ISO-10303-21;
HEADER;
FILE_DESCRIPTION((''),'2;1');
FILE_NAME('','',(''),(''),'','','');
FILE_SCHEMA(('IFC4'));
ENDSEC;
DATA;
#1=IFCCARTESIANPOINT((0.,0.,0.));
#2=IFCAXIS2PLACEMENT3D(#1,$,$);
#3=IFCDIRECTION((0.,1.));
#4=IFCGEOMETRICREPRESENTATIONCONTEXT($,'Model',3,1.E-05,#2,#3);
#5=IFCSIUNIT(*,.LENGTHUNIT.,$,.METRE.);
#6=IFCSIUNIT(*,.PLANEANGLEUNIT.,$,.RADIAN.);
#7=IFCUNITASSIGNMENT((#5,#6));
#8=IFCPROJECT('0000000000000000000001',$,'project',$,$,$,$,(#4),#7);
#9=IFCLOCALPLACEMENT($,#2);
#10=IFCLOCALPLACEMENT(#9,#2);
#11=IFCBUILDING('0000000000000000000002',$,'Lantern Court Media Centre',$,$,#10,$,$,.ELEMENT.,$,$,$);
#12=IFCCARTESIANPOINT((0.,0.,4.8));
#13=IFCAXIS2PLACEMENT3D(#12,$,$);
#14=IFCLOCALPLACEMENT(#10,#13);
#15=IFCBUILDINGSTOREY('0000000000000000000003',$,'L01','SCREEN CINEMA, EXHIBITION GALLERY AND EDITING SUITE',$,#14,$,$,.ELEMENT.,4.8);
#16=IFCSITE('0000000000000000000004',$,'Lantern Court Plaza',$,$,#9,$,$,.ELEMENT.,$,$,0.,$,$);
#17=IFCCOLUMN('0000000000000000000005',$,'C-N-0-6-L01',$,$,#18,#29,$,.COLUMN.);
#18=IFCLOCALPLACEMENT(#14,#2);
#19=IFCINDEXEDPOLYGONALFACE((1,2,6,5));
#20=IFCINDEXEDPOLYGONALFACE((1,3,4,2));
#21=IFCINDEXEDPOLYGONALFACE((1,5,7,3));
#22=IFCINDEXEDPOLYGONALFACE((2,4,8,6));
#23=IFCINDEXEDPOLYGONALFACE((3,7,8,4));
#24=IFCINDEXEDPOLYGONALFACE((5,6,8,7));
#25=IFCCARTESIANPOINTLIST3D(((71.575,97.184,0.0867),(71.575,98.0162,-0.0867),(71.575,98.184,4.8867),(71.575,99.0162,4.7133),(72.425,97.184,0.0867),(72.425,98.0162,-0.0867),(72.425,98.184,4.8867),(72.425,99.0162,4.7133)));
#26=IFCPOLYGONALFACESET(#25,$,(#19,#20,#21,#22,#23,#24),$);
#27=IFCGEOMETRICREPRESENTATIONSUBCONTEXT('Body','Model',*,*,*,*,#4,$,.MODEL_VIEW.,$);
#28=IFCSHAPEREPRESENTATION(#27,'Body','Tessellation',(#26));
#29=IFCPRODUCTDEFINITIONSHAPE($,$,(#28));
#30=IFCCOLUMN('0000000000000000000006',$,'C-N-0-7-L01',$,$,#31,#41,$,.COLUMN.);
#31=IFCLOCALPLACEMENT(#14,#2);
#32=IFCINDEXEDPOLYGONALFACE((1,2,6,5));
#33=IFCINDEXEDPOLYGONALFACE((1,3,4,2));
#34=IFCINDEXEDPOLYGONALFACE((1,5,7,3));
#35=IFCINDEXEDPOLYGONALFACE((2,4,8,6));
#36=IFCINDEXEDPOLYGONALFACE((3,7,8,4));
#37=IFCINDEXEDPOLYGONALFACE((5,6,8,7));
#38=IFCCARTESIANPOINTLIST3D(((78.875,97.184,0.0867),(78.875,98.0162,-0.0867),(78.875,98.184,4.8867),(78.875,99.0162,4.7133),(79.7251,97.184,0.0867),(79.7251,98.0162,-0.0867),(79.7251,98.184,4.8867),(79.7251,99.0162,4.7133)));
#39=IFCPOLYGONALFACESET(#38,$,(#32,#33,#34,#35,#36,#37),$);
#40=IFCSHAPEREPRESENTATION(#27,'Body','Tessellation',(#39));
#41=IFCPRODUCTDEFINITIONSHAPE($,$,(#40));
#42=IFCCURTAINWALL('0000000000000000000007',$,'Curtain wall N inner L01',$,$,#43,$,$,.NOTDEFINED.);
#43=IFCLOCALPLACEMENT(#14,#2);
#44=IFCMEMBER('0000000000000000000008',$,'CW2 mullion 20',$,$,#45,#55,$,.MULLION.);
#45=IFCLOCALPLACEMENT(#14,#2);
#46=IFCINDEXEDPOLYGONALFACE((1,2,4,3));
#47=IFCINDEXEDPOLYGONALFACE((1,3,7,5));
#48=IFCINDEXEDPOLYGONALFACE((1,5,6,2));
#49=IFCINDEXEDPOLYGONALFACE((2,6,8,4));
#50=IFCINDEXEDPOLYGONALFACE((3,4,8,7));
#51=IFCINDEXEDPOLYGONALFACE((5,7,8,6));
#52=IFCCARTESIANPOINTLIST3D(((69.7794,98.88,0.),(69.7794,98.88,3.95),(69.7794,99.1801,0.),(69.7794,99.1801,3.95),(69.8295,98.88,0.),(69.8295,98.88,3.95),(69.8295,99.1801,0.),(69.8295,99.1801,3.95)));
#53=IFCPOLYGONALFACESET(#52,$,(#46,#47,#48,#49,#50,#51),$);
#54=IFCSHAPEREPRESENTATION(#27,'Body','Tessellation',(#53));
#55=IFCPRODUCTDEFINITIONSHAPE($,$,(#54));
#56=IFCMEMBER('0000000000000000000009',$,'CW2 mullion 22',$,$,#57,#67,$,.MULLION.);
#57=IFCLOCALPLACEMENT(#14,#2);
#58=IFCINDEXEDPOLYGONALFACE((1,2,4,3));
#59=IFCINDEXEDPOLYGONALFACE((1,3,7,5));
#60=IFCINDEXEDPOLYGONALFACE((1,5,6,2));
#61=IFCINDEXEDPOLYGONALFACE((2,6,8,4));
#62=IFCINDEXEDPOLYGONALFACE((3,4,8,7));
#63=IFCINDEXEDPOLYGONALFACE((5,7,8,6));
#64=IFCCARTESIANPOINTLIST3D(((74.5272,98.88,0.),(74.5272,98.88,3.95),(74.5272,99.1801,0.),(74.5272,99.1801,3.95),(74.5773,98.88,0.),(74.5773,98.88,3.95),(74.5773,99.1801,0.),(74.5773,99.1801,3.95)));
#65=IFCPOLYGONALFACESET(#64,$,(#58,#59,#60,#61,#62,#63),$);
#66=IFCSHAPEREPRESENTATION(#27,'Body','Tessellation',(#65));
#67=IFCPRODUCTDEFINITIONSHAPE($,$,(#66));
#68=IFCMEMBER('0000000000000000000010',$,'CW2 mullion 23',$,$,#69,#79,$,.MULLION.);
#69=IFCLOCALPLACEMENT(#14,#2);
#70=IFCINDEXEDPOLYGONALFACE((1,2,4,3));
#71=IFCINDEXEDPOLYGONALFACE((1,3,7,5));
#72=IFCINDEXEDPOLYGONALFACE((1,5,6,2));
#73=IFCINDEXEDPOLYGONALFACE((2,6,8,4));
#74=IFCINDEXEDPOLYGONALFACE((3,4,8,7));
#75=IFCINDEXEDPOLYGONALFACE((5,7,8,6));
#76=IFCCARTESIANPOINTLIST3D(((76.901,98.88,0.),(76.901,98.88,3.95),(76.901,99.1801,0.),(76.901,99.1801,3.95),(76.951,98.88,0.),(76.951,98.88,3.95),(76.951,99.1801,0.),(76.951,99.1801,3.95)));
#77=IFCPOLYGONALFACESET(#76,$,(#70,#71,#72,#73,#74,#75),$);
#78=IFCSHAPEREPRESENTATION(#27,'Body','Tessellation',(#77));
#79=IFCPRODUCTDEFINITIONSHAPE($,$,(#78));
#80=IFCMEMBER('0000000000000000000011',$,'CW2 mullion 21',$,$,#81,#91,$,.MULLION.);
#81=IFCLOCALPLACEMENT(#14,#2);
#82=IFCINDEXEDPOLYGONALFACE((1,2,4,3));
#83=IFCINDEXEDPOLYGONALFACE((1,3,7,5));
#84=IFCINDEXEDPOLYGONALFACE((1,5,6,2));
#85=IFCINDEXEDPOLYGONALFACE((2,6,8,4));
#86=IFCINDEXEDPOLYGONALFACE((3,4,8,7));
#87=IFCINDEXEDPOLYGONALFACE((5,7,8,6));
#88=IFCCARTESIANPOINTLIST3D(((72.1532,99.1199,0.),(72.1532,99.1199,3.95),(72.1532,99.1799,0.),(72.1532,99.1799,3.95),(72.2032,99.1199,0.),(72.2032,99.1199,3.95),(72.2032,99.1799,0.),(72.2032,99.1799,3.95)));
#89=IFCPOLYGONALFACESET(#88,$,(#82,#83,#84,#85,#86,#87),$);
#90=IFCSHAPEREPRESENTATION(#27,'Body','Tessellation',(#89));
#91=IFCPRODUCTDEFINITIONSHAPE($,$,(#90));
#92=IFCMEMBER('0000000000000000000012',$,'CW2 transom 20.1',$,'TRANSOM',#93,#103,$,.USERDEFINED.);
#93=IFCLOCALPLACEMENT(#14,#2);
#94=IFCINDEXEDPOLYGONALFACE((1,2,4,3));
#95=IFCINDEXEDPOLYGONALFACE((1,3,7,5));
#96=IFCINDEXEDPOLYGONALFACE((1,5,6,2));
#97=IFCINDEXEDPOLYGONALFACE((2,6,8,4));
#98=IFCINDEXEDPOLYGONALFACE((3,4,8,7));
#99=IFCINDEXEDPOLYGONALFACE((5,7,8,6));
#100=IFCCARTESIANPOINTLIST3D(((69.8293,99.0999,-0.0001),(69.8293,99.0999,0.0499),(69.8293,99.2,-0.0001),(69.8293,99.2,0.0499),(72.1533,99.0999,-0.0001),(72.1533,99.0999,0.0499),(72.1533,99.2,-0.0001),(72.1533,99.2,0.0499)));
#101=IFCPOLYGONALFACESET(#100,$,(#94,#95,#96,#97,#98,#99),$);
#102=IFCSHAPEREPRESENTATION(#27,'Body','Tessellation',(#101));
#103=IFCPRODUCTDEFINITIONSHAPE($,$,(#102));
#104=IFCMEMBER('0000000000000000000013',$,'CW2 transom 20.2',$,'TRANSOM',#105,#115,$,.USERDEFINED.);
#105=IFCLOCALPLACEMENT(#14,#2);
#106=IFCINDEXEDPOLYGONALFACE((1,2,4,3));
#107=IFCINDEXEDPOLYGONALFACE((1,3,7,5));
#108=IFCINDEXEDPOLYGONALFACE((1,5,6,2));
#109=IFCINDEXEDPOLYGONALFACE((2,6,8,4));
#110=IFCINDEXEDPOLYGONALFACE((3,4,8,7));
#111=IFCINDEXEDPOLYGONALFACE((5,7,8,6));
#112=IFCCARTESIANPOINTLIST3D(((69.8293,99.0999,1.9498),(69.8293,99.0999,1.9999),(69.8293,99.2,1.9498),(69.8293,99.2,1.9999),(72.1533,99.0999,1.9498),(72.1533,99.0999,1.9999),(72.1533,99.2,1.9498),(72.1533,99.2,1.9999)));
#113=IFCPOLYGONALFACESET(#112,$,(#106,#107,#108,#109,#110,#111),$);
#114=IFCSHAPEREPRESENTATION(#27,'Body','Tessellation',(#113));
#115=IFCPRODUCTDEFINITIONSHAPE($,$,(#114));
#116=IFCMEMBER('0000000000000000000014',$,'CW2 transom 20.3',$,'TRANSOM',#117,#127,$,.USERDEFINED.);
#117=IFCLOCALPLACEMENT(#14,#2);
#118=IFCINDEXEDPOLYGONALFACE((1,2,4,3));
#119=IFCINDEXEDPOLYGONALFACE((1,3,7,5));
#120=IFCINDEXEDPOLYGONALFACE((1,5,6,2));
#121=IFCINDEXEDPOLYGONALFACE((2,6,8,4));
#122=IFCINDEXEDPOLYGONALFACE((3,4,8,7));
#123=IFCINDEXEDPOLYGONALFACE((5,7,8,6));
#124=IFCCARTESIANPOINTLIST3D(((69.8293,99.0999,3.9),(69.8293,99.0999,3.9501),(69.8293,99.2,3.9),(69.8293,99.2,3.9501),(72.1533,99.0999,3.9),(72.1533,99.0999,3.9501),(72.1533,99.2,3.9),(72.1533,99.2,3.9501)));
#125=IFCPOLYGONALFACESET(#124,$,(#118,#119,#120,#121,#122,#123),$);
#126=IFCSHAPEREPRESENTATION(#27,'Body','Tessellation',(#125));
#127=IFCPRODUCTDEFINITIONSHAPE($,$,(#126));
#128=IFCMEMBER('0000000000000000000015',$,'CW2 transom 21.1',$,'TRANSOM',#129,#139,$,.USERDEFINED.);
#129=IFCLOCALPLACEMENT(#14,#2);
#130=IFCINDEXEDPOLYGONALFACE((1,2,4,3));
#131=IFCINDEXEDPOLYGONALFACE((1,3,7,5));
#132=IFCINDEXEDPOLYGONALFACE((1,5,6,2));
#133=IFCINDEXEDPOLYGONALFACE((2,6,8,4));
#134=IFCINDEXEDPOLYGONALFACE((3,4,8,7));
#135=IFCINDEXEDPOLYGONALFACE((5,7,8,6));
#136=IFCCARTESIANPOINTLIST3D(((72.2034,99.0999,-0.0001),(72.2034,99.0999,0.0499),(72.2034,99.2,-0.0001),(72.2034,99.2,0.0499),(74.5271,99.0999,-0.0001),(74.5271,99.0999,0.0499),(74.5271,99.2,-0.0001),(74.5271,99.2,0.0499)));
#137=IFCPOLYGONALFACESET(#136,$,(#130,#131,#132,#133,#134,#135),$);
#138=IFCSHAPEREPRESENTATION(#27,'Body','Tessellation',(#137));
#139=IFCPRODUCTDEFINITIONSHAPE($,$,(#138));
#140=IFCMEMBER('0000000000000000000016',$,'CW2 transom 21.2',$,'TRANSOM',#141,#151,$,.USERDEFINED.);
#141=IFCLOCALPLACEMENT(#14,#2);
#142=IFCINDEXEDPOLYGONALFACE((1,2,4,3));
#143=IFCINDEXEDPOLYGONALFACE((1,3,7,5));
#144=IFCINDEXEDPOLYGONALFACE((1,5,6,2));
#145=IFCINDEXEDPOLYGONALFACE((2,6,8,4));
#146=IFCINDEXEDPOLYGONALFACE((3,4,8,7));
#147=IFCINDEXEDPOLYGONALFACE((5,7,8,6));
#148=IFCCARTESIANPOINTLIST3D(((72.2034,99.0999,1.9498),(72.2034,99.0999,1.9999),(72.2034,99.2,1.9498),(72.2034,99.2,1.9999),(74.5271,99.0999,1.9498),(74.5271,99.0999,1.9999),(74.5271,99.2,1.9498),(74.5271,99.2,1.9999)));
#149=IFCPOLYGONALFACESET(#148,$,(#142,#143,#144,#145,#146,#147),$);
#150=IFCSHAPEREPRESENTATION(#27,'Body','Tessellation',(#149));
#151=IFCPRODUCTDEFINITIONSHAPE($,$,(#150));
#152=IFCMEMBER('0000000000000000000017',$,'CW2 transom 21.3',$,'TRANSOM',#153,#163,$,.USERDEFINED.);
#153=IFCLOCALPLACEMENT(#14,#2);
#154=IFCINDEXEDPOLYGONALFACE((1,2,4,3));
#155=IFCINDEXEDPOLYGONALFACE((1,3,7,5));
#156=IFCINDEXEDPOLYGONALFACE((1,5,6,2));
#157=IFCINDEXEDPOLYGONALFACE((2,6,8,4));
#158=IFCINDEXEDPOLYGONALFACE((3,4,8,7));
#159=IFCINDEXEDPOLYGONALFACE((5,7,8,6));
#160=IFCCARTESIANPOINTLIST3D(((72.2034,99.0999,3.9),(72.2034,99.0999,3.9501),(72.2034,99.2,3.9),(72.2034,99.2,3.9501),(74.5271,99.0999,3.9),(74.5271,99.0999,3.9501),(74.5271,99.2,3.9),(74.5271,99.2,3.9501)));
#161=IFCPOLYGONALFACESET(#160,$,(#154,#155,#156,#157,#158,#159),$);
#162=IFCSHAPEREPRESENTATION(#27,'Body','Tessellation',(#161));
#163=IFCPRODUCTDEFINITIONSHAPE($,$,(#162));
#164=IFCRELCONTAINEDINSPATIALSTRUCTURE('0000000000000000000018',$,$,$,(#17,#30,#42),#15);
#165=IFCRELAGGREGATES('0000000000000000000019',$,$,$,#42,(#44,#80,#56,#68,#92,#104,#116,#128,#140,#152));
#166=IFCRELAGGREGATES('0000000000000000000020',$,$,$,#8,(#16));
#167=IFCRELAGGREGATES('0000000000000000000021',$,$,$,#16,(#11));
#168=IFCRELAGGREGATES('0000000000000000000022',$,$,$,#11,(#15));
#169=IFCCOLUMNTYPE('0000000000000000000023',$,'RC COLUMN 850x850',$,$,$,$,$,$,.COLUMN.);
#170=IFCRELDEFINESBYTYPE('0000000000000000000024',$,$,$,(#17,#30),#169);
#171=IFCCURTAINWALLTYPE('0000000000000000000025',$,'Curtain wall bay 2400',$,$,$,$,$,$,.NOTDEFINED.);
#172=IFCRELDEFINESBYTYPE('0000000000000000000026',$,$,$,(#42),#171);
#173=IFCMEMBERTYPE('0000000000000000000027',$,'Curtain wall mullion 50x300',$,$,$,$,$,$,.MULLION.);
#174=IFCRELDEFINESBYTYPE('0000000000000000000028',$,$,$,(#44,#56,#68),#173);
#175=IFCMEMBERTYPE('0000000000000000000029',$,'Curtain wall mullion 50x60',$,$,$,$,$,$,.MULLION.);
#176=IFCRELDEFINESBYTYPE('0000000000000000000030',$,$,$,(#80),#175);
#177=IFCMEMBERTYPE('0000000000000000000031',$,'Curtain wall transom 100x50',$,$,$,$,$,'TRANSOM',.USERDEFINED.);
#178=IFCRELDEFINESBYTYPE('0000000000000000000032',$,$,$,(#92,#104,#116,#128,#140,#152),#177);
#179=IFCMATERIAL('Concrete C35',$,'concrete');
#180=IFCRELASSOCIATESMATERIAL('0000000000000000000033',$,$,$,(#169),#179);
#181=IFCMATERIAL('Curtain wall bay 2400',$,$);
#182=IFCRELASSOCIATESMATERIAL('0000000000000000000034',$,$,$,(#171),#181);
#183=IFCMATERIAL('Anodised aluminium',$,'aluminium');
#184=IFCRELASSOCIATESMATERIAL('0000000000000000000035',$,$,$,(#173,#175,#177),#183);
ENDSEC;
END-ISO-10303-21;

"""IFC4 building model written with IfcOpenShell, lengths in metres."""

from ifc_helpers import new_model, si_unit, direction, frame, origin, origin_2d, place, context, subcontext, project, spatial, rectangle, extrude, material, material_profile, profile_set, type_object, element, aggregate, save


model = new_model("IFC4")

# Units and contexts
model_context = context("Model", 3, precision=1e-05, world=origin(), true_north=direction((0.0, 1.0)))
body_context = subcontext(model_context, "Body", "Model", "MODEL_VIEW")
ifc_project = project(units=[si_unit("LENGTHUNIT", "METRE"), si_unit("PLANEANGLEUNIT", "RADIAN")], contexts=[model_context])

# Site, building, storey
site_placement = place(None, origin())
site = spatial("IfcSite", under=ifc_project, at=site_placement, Name="Lantern Court Plaza", CompositionType="ELEMENT", RefElevation=0.0)
building_placement = place(site_placement, origin())
building = spatial("IfcBuilding", under=site, at=building_placement, Name="Lantern Court Media Centre", CompositionType="ELEMENT")
storey_placement = place(building_placement, frame((0.0, 0.0, 4.8)))
storey = spatial("IfcBuildingStorey", under=building, at=storey_placement, Name="L01", Description="SCREEN CINEMA, EXHIBITION GALLERY AND EDITING SUITE", CompositionType="ELEMENT", Elevation=4.8)

# Columns
ifc_material_1 = material(Name="Concrete C35", Category="concrete")
ifc_material_profile_1 = material_profile(ifc_material_1, rectangle(XDim=0.8501, YDim=0.8501, at=origin_2d()), Name="RC 850x850")
ifc_profile_set_1 = profile_set([ifc_material_profile_1], Name="Concrete C35")
column_type = type_object("IfcColumnType", Name="RC COLUMN 850x850", PredefinedType="COLUMN", material=ifc_profile_set_1)
for number, where, z_axis, x_axis, name in (
    (1, (72.0, 97.6001, 0.0), (0.0, 0.203952, 0.978981), (-1.0, 0.0, 0.0), "C-N-0-6-L01"),
    (2, (79.3, 97.6001, 0.0), (0.0, 0.203952, 0.978981), (-1.0, 0.0, 0.0), "C-N-0-7-L01"),
):
    element("IfcColumn", number, at=place(storey_placement, frame(where, z_axis=z_axis, x_axis=x_axis)), inside=storey, type_object=column_type, Name=name, PredefinedType="COLUMN", context=body_context, shape_type="SweptSolid", body=[
        extrude(rectangle(XDim=0.8501, YDim=0.8501, at=origin_2d()), origin(), (0.0, 0.0, 1.0), 4.9031),
    ])

# Curtain wall, members
ifc_material_2 = material(Name="Curtain wall bay 2400")
curtain_wall_type = type_object("IfcCurtainWallType", Name="Curtain wall bay 2400", PredefinedType="NOTDEFINED", material=ifc_material_2)
curtain_wall_placement = place(storey_placement, origin())
curtain_wall = element("IfcCurtainWall", 3, at=curtain_wall_placement, inside=storey, type_object=curtain_wall_type, Name="Curtain wall N inner L01", PredefinedType="NOTDEFINED")
ifc_material_3 = material(Name="Anodised aluminium", Category="aluminium")
ifc_material_profile_2 = material_profile(ifc_material_3, rectangle(XDim=0.3, YDim=0.05, at=origin_2d()), Name="AL 50x300")
ifc_profile_set_2 = profile_set([ifc_material_profile_2], Name="Anodised aluminium")
member_type_1 = type_object("IfcMemberType", Name="Curtain wall mullion 50x300", PredefinedType="MULLION", material=ifc_profile_set_2)
member_1_placement = place(storey_placement, frame((69.8044, 99.03, 0.0), z_axis=(0.0, 0.0, 1.0), x_axis=(0.0, 1.0, 0.0)))
member_1 = element("IfcMember", 4, at=member_1_placement, type_object=member_type_1, Name="CW2 mullion 20", PredefinedType="MULLION", context=body_context, shape_type="SweptSolid", body=[
    extrude(rectangle(XDim=0.3, YDim=0.05, at=origin_2d()), origin(), (0.0, 0.0, 1.0), 3.95),
])
member_2_placement = place(storey_placement, frame((74.5522, 99.03, 0.0), z_axis=(0.0, 0.0, 1.0), x_axis=(0.0, 1.0, 0.0)))
member_2 = element("IfcMember", 5, at=member_2_placement, type_object=member_type_1, Name="CW2 mullion 22", PredefinedType="MULLION", context=body_context, shape_type="SweptSolid", body=[
    extrude(rectangle(XDim=0.3, YDim=0.05, at=origin_2d()), origin(), (0.0, 0.0, 1.0), 3.95),
])
member_3_placement = place(storey_placement, frame((76.926, 99.03, 0.0), z_axis=(0.0, 0.0, 1.0), x_axis=(0.0, 1.0, 0.0)))
member_3 = element("IfcMember", 6, at=member_3_placement, type_object=member_type_1, Name="CW2 mullion 23", PredefinedType="MULLION", context=body_context, shape_type="SweptSolid", body=[
    extrude(rectangle(XDim=0.3, YDim=0.05, at=origin_2d()), origin(), (0.0, 0.0, 1.0), 3.95),
])
ifc_material_profile_3 = material_profile(ifc_material_3, rectangle(XDim=0.0601, YDim=0.05, at=origin_2d()), Name="AL 50x60")
ifc_profile_set_3 = profile_set([ifc_material_profile_3], Name="Anodised aluminium")
member_type_2 = type_object("IfcMemberType", Name="Curtain wall mullion 50x60", PredefinedType="MULLION", material=ifc_profile_set_3)
member_4_placement = place(storey_placement, frame((72.1782, 99.1499, 0.0), z_axis=(0.0, 0.0, 1.0), x_axis=(0.0, 1.0, 0.0)))
member_4 = element("IfcMember", 7, at=member_4_placement, type_object=member_type_2, Name="CW2 mullion 21", PredefinedType="MULLION", context=body_context, shape_type="SweptSolid", body=[
    extrude(rectangle(XDim=0.0601, YDim=0.05, at=origin_2d()), origin(), (0.0, 0.0, 1.0), 3.95),
])
ifc_material_profile_4 = material_profile(ifc_material_3, rectangle(XDim=0.1001, YDim=0.05, at=origin_2d()), Name="AL 50x100")
ifc_profile_set_4 = profile_set([ifc_material_profile_4], Name="Anodised aluminium")
member_type_3 = type_object("IfcMemberType", Name="Curtain wall transom 100x50", ElementType="TRANSOM", PredefinedType="USERDEFINED", material=ifc_profile_set_4)
member_5_placement = place(storey_placement, frame((69.8293, 99.1499, 0.0249), z_axis=(1.0, 0.0, 0.0), x_axis=(0.0, 1.0, 0.0)))
member_5 = element("IfcMember", 8, at=member_5_placement, type_object=member_type_3, Name="CW2 transom 20.1", ObjectType="TRANSOM", PredefinedType="USERDEFINED", context=body_context, shape_type="SweptSolid", body=[
    extrude(rectangle(XDim=0.1001, YDim=0.05, at=origin_2d()), origin(), (0.0, 0.0, 1.0), 2.324),
])
member_6_placement = place(storey_placement, frame((69.8293, 99.1499, 1.9749), z_axis=(1.0, 0.0, 0.0), x_axis=(0.0, 1.0, 0.0)))
member_6 = element("IfcMember", 9, at=member_6_placement, type_object=member_type_3, Name="CW2 transom 20.2", ObjectType="TRANSOM", PredefinedType="USERDEFINED", context=body_context, shape_type="SweptSolid", body=[
    extrude(rectangle(XDim=0.1001, YDim=0.05, at=origin_2d()), origin(), (0.0, 0.0, 1.0), 2.324),
])
member_7_placement = place(storey_placement, frame((69.8293, 99.1499, 3.925), z_axis=(1.0, 0.0, 0.0), x_axis=(0.0, 1.0, 0.0)))
member_7 = element("IfcMember", 10, at=member_7_placement, type_object=member_type_3, Name="CW2 transom 20.3", ObjectType="TRANSOM", PredefinedType="USERDEFINED", context=body_context, shape_type="SweptSolid", body=[
    extrude(rectangle(XDim=0.1001, YDim=0.05, at=origin_2d()), origin(), (0.0, 0.0, 1.0), 2.324),
])
member_8_placement = place(storey_placement, frame((72.2034, 99.1499, 0.0249), z_axis=(1.0, 0.0, 0.0), x_axis=(0.0, 1.0, 0.0)))
member_8 = element("IfcMember", 11, at=member_8_placement, type_object=member_type_3, Name="CW2 transom 21.1", ObjectType="TRANSOM", PredefinedType="USERDEFINED", context=body_context, shape_type="SweptSolid", body=[
    extrude(rectangle(XDim=0.1001, YDim=0.05, at=origin_2d()), origin(), (0.0, 0.0, 1.0), 2.3237),
])
member_9_placement = place(storey_placement, frame((72.2034, 99.1499, 1.9749), z_axis=(1.0, 0.0, 0.0), x_axis=(0.0, 1.0, 0.0)))
member_9 = element("IfcMember", 12, at=member_9_placement, type_object=member_type_3, Name="CW2 transom 21.2", ObjectType="TRANSOM", PredefinedType="USERDEFINED", context=body_context, shape_type="SweptSolid", body=[
    extrude(rectangle(XDim=0.1001, YDim=0.05, at=origin_2d()), origin(), (0.0, 0.0, 1.0), 2.3237),
])
member_10_placement = place(storey_placement, frame((72.2034, 99.1499, 3.925), z_axis=(1.0, 0.0, 0.0), x_axis=(0.0, 1.0, 0.0)))
member_10 = element("IfcMember", 13, at=member_10_placement, type_object=member_type_3, Name="CW2 transom 21.3", ObjectType="TRANSOM", PredefinedType="USERDEFINED", context=body_context, shape_type="SweptSolid", body=[
    extrude(rectangle(XDim=0.1001, YDim=0.05, at=origin_2d()), origin(), (0.0, 0.0, 1.0), 2.3237),
])

aggregate(curtain_wall, [member_1, member_4, member_2, member_3, member_5, member_6, member_7, member_8, member_9, member_10])

save(model, "model.ifc")
